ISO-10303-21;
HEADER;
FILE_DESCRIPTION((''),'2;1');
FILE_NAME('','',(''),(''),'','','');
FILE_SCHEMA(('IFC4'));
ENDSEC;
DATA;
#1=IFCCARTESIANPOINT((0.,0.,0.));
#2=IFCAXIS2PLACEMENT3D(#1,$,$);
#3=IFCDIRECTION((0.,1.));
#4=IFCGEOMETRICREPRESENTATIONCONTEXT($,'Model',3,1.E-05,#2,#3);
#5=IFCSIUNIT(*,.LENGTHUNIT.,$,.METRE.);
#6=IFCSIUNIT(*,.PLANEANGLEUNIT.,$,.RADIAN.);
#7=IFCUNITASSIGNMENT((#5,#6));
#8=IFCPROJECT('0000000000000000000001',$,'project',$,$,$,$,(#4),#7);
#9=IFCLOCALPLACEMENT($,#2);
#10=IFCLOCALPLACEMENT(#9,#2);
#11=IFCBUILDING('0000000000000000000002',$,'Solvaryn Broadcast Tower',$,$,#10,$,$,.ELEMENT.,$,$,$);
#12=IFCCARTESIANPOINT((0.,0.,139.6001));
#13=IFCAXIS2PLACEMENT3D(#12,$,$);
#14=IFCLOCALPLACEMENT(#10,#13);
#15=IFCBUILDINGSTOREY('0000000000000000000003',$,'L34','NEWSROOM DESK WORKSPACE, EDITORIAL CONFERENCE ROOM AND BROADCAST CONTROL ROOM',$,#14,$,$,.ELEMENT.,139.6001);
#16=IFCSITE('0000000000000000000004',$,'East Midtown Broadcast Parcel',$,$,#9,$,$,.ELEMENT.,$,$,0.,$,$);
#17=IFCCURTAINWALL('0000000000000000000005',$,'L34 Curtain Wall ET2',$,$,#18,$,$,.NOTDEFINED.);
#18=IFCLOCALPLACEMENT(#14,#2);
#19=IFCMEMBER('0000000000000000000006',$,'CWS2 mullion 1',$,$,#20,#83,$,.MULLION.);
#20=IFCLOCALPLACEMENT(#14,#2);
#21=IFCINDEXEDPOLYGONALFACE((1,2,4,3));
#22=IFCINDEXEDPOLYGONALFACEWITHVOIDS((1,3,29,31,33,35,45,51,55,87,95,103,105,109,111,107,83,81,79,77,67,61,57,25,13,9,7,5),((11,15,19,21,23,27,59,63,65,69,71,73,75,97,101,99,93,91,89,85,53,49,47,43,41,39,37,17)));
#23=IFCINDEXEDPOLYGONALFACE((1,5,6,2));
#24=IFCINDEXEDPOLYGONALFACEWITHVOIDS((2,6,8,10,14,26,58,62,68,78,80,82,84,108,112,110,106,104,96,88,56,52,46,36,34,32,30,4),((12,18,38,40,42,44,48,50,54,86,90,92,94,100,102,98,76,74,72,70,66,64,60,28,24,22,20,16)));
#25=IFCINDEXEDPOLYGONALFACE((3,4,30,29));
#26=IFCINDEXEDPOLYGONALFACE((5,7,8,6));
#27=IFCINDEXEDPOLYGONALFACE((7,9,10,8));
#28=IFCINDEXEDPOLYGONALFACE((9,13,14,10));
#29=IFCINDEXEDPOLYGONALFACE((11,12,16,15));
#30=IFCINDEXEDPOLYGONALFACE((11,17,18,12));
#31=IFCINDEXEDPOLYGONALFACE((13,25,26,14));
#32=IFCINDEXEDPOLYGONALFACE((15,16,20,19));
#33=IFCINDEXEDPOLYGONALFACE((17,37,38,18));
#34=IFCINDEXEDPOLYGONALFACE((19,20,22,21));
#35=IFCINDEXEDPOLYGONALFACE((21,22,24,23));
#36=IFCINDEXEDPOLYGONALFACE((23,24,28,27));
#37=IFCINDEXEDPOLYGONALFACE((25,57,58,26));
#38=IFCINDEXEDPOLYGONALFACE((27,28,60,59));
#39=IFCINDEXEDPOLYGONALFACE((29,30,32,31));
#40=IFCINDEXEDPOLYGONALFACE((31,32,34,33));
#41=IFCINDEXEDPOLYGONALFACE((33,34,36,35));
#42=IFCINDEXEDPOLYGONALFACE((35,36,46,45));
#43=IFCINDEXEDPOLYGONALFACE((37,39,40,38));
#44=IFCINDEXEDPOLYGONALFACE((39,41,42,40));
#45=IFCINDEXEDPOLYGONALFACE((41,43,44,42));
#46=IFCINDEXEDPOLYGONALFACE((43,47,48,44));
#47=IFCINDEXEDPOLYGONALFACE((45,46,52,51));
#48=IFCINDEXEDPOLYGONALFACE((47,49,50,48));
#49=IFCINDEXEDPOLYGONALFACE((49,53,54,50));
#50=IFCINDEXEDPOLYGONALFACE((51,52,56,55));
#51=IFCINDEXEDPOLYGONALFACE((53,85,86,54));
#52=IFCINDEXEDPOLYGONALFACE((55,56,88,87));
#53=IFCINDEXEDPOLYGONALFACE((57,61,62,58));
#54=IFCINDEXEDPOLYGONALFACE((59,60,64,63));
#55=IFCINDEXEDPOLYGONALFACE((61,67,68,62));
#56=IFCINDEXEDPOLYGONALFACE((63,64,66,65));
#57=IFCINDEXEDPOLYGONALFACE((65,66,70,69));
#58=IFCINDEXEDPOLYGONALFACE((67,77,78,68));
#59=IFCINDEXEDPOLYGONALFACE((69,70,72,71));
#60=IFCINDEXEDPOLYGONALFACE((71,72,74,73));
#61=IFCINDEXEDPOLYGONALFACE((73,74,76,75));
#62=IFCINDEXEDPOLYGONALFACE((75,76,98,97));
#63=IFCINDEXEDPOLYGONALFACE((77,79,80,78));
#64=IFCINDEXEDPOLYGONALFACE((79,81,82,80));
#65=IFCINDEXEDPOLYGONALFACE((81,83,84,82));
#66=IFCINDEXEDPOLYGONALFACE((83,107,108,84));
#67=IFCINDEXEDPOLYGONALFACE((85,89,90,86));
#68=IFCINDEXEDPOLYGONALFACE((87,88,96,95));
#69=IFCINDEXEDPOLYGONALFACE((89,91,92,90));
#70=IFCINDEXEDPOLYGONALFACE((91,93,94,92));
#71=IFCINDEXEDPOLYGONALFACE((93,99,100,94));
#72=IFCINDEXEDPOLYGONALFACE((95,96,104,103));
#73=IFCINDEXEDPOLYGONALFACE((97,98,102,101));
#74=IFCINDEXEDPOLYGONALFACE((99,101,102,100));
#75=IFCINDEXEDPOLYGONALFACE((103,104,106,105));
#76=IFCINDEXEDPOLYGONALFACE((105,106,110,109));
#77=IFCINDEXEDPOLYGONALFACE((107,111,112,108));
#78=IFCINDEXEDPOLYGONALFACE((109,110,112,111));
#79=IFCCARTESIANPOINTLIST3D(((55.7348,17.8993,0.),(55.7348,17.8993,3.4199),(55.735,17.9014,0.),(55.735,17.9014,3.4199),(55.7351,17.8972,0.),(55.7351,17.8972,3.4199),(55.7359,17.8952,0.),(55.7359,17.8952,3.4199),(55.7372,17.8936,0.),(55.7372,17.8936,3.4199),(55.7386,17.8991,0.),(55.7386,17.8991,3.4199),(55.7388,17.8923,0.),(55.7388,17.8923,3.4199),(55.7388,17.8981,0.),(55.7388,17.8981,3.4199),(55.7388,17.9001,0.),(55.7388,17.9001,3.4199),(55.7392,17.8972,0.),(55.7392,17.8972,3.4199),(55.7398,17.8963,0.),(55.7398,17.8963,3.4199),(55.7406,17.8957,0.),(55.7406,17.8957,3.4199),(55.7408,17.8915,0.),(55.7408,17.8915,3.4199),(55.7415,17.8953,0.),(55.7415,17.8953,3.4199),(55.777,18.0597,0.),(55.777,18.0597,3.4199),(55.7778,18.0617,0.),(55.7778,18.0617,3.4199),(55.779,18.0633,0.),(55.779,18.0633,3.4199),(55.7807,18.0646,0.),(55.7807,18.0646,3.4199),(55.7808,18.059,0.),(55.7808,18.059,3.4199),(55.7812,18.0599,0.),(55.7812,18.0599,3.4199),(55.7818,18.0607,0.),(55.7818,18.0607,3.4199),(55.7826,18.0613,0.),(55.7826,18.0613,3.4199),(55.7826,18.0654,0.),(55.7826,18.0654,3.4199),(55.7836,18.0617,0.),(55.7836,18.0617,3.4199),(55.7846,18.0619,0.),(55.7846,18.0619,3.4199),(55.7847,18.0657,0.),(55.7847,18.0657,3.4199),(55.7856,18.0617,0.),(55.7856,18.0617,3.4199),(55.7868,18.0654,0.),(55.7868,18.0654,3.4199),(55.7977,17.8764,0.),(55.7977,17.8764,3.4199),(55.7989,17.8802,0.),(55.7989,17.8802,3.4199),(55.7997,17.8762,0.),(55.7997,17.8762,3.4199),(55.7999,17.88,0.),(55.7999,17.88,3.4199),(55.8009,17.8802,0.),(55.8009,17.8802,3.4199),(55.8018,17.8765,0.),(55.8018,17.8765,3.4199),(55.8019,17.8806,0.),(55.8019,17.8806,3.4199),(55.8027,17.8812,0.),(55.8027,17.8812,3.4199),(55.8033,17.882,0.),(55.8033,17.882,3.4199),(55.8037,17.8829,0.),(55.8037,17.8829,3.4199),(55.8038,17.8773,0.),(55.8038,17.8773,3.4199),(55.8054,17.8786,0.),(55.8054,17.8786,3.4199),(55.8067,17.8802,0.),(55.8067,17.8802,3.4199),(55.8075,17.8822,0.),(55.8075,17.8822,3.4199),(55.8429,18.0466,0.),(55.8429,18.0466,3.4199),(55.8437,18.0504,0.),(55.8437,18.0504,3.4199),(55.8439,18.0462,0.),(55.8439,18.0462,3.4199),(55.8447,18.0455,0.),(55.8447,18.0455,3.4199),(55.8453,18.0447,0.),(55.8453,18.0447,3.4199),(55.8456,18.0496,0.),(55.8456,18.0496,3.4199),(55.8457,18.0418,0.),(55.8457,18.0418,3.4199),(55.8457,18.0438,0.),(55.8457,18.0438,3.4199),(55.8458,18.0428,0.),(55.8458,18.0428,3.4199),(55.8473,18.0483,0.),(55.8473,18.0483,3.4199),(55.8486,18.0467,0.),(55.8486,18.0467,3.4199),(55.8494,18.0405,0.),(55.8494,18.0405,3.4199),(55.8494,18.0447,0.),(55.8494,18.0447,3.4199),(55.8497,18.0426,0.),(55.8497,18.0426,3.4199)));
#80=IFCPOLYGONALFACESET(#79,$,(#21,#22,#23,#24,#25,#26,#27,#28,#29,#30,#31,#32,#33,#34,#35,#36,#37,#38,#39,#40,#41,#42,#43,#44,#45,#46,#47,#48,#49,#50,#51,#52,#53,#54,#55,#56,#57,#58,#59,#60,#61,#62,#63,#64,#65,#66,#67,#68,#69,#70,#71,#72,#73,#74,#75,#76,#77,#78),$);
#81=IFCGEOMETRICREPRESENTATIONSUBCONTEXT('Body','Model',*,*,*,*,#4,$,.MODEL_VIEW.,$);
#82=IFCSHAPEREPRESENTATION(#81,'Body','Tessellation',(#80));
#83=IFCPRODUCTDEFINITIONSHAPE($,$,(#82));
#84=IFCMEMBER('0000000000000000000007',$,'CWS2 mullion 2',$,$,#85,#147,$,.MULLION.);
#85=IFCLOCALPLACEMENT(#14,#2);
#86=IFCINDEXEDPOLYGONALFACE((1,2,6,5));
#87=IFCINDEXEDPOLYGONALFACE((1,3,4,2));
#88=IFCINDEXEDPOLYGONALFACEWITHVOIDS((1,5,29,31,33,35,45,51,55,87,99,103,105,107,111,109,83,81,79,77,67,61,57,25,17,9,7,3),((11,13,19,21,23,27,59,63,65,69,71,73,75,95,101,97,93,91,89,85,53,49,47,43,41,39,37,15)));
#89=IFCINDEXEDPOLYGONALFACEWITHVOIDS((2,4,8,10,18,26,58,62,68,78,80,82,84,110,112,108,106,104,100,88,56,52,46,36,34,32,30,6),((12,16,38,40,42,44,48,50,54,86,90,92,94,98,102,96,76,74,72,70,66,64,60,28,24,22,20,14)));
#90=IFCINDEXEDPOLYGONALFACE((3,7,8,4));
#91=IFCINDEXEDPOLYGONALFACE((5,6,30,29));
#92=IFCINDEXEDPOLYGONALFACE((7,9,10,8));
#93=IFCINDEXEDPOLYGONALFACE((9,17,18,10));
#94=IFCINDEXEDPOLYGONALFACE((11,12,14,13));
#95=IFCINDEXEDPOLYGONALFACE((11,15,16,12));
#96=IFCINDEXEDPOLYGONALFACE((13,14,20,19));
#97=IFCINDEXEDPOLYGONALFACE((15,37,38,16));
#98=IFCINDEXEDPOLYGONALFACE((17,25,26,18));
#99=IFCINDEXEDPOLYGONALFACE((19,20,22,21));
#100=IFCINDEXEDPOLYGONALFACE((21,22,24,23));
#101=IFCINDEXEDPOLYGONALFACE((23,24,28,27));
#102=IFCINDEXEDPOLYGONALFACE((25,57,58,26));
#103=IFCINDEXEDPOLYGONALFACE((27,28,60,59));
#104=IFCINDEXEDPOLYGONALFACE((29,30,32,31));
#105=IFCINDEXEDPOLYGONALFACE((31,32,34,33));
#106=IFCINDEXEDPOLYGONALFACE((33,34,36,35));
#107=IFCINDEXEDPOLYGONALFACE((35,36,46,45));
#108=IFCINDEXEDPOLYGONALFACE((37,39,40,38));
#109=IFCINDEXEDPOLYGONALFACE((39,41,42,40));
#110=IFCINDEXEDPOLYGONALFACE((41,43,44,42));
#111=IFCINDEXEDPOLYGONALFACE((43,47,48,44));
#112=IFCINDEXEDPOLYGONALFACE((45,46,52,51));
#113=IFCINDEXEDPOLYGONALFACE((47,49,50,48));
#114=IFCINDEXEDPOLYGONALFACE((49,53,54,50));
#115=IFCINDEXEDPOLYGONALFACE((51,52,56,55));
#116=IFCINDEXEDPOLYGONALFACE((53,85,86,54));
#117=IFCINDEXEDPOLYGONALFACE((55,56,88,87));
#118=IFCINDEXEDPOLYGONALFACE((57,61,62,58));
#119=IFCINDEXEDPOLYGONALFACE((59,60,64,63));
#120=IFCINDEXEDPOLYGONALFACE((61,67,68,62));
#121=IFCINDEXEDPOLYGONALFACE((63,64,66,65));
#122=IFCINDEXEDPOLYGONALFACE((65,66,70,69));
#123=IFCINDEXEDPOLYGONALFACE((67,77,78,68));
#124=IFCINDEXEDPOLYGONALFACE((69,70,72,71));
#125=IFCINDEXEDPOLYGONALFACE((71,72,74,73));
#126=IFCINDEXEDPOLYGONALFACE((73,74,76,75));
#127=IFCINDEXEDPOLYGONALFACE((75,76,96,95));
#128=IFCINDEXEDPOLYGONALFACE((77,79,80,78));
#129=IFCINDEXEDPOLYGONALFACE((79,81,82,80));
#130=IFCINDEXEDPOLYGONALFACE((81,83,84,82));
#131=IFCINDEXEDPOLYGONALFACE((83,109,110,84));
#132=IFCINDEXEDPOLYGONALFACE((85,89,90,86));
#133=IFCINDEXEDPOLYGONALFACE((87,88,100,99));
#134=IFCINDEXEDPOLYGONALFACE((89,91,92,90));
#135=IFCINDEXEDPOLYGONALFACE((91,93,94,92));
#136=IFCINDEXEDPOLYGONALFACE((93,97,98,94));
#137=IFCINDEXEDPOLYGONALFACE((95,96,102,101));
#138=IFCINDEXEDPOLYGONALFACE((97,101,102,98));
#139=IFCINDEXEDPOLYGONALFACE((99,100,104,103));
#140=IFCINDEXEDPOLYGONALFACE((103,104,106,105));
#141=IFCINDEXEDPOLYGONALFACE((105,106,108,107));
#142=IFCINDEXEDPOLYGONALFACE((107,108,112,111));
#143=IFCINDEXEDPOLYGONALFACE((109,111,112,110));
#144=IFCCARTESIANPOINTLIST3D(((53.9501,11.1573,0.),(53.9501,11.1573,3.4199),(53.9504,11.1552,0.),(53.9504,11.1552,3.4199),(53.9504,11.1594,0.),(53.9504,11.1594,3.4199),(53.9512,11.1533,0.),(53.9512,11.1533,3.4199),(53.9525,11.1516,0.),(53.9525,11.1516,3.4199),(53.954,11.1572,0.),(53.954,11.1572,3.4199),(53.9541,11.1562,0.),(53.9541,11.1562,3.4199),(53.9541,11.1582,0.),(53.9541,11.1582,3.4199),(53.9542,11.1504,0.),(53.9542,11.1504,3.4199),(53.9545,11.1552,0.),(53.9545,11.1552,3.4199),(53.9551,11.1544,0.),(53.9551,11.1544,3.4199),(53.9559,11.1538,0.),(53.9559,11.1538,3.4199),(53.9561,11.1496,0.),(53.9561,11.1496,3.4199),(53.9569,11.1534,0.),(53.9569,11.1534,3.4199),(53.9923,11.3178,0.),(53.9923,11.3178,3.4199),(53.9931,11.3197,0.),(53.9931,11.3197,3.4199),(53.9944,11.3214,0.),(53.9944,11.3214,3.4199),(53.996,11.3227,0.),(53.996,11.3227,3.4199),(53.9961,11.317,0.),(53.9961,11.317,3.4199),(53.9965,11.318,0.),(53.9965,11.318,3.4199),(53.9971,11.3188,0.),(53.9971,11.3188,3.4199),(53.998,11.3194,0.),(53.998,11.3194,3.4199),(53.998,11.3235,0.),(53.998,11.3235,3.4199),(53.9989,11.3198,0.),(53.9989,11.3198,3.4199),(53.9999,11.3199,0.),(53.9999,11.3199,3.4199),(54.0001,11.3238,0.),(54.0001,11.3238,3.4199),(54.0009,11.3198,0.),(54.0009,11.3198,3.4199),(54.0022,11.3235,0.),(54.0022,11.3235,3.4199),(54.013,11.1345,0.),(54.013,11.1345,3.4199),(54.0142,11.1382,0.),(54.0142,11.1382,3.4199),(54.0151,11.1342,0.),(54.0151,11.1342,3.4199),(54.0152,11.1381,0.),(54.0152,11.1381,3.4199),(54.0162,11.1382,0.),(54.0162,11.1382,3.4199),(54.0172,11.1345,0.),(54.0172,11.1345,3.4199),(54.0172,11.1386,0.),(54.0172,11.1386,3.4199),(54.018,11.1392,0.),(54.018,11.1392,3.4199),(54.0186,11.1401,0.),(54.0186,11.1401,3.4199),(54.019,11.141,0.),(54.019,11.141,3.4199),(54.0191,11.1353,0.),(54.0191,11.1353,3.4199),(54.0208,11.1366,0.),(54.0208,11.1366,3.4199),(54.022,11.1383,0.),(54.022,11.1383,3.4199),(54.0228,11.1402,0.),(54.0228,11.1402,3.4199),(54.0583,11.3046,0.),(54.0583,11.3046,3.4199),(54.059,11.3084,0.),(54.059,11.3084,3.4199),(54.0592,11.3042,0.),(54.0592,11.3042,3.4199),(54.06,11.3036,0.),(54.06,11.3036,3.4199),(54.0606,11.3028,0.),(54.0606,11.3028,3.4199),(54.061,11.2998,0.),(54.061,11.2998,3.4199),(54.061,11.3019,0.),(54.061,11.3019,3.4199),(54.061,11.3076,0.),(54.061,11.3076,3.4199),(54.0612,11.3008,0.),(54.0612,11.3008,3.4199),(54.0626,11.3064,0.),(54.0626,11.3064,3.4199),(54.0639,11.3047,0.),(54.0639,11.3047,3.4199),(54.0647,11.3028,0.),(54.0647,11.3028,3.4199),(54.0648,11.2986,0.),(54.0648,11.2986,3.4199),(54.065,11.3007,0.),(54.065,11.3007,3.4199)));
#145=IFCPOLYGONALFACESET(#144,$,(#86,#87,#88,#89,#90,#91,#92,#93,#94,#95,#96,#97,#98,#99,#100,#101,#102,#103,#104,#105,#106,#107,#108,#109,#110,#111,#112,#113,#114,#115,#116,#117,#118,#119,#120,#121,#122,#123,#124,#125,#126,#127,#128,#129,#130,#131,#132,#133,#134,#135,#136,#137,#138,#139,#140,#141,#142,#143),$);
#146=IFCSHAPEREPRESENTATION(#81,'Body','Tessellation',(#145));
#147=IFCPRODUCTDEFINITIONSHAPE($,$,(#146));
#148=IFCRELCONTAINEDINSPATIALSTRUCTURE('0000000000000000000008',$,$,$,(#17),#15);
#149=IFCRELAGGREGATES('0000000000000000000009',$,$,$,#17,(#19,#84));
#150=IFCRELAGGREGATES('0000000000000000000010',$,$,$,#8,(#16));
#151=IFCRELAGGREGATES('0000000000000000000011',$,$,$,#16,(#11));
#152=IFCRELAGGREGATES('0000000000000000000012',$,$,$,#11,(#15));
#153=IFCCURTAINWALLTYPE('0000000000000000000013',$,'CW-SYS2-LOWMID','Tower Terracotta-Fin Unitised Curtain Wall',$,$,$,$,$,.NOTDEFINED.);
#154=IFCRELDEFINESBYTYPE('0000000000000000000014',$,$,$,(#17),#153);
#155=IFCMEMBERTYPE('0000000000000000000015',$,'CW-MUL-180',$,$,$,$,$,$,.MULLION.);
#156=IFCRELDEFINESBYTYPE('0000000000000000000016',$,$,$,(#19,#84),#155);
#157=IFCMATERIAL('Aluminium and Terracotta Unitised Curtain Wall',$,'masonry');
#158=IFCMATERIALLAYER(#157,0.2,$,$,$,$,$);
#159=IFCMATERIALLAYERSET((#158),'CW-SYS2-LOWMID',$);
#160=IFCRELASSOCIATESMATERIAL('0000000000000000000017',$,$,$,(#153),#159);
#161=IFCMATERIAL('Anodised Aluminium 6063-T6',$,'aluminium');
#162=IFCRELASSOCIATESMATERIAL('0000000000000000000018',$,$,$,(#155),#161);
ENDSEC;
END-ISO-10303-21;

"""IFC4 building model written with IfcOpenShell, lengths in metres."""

from ifc_helpers import new_model, si_unit, direction, frame, origin, origin_2d, place, context, subcontext, project, spatial, hollow_rectangle, extrude, material, layer, layer_set, material_profile, profile_set, type_object, element, aggregate, save


model = new_model("IFC4")

# Units and contexts
model_context = context("Model", 3, precision=1e-05, world=origin(), true_north=direction((0.0, 1.0)))
body_context = subcontext(model_context, "Body", "Model", "MODEL_VIEW")
ifc_project = project(units=[si_unit("LENGTHUNIT", "METRE"), si_unit("PLANEANGLEUNIT", "RADIAN")], contexts=[model_context])

# Site, building, storey
site_placement = place(None, origin())
site = spatial("IfcSite", under=ifc_project, at=site_placement, Name="East Midtown Broadcast Parcel", CompositionType="ELEMENT", RefElevation=0.0)
building_placement = place(site_placement, origin())
building = spatial("IfcBuilding", under=site, at=building_placement, Name="Solvaryn Broadcast Tower", CompositionType="ELEMENT")
storey_placement = place(building_placement, frame((0.0, 0.0, 139.6001)))
storey = spatial("IfcBuildingStorey", under=building, at=storey_placement, Name="L34", Description="NEWSROOM DESK WORKSPACE, EDITORIAL CONFERENCE ROOM AND BROADCAST CONTROL ROOM", CompositionType="ELEMENT", Elevation=139.6001)

# Shared definitions
ifc_material_1 = material(Name="Aluminium and Terracotta Unitised Curtain Wall", Category="masonry")
ifc_layer_1 = layer(ifc_material_1, 0.2)
ifc_layer_set_1 = layer_set([ifc_layer_1], Name="CW-SYS2-LOWMID")
curtain_wall_type = type_object("IfcCurtainWallType", Name="CW-SYS2-LOWMID", Description="Tower Terracotta-Fin Unitised Curtain Wall", PredefinedType="NOTDEFINED", material=ifc_layer_set_1)
ifc_material_2 = material(Name="Anodised Aluminium 6063-T6", Category="aluminium")
ifc_material_profile_1 = material_profile(ifc_material_2, hollow_rectangle(XDim=0.075, YDim=0.1799, WallThickness=0.0039, InnerFilletRadius=0.0039, OuterFilletRadius=0.0081, at=origin_2d()))
ifc_profile_set_1 = profile_set([ifc_material_profile_1], Name="Anodised Aluminium 6063-T6")
member_type_1 = type_object("IfcMemberType", Name="CW-MUL-180", PredefinedType="MULLION", material=ifc_profile_set_1)

# Curtain wall, members
curtain_wall_1_placement = place(storey_placement, origin())
curtain_wall_1 = element("IfcCurtainWall", 1, at=curtain_wall_1_placement, inside=storey, type_object=curtain_wall_type, Name="L34 Curtain Wall ET2", PredefinedType="NOTDEFINED")
member_1_placement = place(storey_placement, frame((55.7922, 17.9709, 0.0), z_axis=(0.0, 0.0, 1.0), x_axis=(0.966705, -0.255893, 0.0)))
member_1 = element("IfcMember", 2, at=member_1_placement, type_object=member_type_1, Name="CWS2 mullion 1", PredefinedType="MULLION", context=body_context, shape_type="SweptSolid", body=[
    extrude(hollow_rectangle(XDim=0.075, YDim=0.1799, WallThickness=0.0039, InnerFilletRadius=0.0039, OuterFilletRadius=0.0081, at=origin_2d()), origin(), (0.0, 0.0, 1.0), 3.4199),
])
member_2_placement = place(storey_placement, frame((54.0076, 11.229, 0.0), z_axis=(0.0, 0.0, 1.0), x_axis=(0.966705, -0.255893, 0.0)))
member_2 = element("IfcMember", 3, at=member_2_placement, type_object=member_type_1, Name="CWS2 mullion 2", PredefinedType="MULLION", context=body_context, shape_type="SweptSolid", body=[
    extrude(hollow_rectangle(XDim=0.075, YDim=0.1799, WallThickness=0.0039, InnerFilletRadius=0.0039, OuterFilletRadius=0.0081, at=origin_2d()), origin(), (0.0, 0.0, 1.0), 3.4199),
])

aggregate(curtain_wall_1, [member_1, member_2])

save(model, "model.ifc")
